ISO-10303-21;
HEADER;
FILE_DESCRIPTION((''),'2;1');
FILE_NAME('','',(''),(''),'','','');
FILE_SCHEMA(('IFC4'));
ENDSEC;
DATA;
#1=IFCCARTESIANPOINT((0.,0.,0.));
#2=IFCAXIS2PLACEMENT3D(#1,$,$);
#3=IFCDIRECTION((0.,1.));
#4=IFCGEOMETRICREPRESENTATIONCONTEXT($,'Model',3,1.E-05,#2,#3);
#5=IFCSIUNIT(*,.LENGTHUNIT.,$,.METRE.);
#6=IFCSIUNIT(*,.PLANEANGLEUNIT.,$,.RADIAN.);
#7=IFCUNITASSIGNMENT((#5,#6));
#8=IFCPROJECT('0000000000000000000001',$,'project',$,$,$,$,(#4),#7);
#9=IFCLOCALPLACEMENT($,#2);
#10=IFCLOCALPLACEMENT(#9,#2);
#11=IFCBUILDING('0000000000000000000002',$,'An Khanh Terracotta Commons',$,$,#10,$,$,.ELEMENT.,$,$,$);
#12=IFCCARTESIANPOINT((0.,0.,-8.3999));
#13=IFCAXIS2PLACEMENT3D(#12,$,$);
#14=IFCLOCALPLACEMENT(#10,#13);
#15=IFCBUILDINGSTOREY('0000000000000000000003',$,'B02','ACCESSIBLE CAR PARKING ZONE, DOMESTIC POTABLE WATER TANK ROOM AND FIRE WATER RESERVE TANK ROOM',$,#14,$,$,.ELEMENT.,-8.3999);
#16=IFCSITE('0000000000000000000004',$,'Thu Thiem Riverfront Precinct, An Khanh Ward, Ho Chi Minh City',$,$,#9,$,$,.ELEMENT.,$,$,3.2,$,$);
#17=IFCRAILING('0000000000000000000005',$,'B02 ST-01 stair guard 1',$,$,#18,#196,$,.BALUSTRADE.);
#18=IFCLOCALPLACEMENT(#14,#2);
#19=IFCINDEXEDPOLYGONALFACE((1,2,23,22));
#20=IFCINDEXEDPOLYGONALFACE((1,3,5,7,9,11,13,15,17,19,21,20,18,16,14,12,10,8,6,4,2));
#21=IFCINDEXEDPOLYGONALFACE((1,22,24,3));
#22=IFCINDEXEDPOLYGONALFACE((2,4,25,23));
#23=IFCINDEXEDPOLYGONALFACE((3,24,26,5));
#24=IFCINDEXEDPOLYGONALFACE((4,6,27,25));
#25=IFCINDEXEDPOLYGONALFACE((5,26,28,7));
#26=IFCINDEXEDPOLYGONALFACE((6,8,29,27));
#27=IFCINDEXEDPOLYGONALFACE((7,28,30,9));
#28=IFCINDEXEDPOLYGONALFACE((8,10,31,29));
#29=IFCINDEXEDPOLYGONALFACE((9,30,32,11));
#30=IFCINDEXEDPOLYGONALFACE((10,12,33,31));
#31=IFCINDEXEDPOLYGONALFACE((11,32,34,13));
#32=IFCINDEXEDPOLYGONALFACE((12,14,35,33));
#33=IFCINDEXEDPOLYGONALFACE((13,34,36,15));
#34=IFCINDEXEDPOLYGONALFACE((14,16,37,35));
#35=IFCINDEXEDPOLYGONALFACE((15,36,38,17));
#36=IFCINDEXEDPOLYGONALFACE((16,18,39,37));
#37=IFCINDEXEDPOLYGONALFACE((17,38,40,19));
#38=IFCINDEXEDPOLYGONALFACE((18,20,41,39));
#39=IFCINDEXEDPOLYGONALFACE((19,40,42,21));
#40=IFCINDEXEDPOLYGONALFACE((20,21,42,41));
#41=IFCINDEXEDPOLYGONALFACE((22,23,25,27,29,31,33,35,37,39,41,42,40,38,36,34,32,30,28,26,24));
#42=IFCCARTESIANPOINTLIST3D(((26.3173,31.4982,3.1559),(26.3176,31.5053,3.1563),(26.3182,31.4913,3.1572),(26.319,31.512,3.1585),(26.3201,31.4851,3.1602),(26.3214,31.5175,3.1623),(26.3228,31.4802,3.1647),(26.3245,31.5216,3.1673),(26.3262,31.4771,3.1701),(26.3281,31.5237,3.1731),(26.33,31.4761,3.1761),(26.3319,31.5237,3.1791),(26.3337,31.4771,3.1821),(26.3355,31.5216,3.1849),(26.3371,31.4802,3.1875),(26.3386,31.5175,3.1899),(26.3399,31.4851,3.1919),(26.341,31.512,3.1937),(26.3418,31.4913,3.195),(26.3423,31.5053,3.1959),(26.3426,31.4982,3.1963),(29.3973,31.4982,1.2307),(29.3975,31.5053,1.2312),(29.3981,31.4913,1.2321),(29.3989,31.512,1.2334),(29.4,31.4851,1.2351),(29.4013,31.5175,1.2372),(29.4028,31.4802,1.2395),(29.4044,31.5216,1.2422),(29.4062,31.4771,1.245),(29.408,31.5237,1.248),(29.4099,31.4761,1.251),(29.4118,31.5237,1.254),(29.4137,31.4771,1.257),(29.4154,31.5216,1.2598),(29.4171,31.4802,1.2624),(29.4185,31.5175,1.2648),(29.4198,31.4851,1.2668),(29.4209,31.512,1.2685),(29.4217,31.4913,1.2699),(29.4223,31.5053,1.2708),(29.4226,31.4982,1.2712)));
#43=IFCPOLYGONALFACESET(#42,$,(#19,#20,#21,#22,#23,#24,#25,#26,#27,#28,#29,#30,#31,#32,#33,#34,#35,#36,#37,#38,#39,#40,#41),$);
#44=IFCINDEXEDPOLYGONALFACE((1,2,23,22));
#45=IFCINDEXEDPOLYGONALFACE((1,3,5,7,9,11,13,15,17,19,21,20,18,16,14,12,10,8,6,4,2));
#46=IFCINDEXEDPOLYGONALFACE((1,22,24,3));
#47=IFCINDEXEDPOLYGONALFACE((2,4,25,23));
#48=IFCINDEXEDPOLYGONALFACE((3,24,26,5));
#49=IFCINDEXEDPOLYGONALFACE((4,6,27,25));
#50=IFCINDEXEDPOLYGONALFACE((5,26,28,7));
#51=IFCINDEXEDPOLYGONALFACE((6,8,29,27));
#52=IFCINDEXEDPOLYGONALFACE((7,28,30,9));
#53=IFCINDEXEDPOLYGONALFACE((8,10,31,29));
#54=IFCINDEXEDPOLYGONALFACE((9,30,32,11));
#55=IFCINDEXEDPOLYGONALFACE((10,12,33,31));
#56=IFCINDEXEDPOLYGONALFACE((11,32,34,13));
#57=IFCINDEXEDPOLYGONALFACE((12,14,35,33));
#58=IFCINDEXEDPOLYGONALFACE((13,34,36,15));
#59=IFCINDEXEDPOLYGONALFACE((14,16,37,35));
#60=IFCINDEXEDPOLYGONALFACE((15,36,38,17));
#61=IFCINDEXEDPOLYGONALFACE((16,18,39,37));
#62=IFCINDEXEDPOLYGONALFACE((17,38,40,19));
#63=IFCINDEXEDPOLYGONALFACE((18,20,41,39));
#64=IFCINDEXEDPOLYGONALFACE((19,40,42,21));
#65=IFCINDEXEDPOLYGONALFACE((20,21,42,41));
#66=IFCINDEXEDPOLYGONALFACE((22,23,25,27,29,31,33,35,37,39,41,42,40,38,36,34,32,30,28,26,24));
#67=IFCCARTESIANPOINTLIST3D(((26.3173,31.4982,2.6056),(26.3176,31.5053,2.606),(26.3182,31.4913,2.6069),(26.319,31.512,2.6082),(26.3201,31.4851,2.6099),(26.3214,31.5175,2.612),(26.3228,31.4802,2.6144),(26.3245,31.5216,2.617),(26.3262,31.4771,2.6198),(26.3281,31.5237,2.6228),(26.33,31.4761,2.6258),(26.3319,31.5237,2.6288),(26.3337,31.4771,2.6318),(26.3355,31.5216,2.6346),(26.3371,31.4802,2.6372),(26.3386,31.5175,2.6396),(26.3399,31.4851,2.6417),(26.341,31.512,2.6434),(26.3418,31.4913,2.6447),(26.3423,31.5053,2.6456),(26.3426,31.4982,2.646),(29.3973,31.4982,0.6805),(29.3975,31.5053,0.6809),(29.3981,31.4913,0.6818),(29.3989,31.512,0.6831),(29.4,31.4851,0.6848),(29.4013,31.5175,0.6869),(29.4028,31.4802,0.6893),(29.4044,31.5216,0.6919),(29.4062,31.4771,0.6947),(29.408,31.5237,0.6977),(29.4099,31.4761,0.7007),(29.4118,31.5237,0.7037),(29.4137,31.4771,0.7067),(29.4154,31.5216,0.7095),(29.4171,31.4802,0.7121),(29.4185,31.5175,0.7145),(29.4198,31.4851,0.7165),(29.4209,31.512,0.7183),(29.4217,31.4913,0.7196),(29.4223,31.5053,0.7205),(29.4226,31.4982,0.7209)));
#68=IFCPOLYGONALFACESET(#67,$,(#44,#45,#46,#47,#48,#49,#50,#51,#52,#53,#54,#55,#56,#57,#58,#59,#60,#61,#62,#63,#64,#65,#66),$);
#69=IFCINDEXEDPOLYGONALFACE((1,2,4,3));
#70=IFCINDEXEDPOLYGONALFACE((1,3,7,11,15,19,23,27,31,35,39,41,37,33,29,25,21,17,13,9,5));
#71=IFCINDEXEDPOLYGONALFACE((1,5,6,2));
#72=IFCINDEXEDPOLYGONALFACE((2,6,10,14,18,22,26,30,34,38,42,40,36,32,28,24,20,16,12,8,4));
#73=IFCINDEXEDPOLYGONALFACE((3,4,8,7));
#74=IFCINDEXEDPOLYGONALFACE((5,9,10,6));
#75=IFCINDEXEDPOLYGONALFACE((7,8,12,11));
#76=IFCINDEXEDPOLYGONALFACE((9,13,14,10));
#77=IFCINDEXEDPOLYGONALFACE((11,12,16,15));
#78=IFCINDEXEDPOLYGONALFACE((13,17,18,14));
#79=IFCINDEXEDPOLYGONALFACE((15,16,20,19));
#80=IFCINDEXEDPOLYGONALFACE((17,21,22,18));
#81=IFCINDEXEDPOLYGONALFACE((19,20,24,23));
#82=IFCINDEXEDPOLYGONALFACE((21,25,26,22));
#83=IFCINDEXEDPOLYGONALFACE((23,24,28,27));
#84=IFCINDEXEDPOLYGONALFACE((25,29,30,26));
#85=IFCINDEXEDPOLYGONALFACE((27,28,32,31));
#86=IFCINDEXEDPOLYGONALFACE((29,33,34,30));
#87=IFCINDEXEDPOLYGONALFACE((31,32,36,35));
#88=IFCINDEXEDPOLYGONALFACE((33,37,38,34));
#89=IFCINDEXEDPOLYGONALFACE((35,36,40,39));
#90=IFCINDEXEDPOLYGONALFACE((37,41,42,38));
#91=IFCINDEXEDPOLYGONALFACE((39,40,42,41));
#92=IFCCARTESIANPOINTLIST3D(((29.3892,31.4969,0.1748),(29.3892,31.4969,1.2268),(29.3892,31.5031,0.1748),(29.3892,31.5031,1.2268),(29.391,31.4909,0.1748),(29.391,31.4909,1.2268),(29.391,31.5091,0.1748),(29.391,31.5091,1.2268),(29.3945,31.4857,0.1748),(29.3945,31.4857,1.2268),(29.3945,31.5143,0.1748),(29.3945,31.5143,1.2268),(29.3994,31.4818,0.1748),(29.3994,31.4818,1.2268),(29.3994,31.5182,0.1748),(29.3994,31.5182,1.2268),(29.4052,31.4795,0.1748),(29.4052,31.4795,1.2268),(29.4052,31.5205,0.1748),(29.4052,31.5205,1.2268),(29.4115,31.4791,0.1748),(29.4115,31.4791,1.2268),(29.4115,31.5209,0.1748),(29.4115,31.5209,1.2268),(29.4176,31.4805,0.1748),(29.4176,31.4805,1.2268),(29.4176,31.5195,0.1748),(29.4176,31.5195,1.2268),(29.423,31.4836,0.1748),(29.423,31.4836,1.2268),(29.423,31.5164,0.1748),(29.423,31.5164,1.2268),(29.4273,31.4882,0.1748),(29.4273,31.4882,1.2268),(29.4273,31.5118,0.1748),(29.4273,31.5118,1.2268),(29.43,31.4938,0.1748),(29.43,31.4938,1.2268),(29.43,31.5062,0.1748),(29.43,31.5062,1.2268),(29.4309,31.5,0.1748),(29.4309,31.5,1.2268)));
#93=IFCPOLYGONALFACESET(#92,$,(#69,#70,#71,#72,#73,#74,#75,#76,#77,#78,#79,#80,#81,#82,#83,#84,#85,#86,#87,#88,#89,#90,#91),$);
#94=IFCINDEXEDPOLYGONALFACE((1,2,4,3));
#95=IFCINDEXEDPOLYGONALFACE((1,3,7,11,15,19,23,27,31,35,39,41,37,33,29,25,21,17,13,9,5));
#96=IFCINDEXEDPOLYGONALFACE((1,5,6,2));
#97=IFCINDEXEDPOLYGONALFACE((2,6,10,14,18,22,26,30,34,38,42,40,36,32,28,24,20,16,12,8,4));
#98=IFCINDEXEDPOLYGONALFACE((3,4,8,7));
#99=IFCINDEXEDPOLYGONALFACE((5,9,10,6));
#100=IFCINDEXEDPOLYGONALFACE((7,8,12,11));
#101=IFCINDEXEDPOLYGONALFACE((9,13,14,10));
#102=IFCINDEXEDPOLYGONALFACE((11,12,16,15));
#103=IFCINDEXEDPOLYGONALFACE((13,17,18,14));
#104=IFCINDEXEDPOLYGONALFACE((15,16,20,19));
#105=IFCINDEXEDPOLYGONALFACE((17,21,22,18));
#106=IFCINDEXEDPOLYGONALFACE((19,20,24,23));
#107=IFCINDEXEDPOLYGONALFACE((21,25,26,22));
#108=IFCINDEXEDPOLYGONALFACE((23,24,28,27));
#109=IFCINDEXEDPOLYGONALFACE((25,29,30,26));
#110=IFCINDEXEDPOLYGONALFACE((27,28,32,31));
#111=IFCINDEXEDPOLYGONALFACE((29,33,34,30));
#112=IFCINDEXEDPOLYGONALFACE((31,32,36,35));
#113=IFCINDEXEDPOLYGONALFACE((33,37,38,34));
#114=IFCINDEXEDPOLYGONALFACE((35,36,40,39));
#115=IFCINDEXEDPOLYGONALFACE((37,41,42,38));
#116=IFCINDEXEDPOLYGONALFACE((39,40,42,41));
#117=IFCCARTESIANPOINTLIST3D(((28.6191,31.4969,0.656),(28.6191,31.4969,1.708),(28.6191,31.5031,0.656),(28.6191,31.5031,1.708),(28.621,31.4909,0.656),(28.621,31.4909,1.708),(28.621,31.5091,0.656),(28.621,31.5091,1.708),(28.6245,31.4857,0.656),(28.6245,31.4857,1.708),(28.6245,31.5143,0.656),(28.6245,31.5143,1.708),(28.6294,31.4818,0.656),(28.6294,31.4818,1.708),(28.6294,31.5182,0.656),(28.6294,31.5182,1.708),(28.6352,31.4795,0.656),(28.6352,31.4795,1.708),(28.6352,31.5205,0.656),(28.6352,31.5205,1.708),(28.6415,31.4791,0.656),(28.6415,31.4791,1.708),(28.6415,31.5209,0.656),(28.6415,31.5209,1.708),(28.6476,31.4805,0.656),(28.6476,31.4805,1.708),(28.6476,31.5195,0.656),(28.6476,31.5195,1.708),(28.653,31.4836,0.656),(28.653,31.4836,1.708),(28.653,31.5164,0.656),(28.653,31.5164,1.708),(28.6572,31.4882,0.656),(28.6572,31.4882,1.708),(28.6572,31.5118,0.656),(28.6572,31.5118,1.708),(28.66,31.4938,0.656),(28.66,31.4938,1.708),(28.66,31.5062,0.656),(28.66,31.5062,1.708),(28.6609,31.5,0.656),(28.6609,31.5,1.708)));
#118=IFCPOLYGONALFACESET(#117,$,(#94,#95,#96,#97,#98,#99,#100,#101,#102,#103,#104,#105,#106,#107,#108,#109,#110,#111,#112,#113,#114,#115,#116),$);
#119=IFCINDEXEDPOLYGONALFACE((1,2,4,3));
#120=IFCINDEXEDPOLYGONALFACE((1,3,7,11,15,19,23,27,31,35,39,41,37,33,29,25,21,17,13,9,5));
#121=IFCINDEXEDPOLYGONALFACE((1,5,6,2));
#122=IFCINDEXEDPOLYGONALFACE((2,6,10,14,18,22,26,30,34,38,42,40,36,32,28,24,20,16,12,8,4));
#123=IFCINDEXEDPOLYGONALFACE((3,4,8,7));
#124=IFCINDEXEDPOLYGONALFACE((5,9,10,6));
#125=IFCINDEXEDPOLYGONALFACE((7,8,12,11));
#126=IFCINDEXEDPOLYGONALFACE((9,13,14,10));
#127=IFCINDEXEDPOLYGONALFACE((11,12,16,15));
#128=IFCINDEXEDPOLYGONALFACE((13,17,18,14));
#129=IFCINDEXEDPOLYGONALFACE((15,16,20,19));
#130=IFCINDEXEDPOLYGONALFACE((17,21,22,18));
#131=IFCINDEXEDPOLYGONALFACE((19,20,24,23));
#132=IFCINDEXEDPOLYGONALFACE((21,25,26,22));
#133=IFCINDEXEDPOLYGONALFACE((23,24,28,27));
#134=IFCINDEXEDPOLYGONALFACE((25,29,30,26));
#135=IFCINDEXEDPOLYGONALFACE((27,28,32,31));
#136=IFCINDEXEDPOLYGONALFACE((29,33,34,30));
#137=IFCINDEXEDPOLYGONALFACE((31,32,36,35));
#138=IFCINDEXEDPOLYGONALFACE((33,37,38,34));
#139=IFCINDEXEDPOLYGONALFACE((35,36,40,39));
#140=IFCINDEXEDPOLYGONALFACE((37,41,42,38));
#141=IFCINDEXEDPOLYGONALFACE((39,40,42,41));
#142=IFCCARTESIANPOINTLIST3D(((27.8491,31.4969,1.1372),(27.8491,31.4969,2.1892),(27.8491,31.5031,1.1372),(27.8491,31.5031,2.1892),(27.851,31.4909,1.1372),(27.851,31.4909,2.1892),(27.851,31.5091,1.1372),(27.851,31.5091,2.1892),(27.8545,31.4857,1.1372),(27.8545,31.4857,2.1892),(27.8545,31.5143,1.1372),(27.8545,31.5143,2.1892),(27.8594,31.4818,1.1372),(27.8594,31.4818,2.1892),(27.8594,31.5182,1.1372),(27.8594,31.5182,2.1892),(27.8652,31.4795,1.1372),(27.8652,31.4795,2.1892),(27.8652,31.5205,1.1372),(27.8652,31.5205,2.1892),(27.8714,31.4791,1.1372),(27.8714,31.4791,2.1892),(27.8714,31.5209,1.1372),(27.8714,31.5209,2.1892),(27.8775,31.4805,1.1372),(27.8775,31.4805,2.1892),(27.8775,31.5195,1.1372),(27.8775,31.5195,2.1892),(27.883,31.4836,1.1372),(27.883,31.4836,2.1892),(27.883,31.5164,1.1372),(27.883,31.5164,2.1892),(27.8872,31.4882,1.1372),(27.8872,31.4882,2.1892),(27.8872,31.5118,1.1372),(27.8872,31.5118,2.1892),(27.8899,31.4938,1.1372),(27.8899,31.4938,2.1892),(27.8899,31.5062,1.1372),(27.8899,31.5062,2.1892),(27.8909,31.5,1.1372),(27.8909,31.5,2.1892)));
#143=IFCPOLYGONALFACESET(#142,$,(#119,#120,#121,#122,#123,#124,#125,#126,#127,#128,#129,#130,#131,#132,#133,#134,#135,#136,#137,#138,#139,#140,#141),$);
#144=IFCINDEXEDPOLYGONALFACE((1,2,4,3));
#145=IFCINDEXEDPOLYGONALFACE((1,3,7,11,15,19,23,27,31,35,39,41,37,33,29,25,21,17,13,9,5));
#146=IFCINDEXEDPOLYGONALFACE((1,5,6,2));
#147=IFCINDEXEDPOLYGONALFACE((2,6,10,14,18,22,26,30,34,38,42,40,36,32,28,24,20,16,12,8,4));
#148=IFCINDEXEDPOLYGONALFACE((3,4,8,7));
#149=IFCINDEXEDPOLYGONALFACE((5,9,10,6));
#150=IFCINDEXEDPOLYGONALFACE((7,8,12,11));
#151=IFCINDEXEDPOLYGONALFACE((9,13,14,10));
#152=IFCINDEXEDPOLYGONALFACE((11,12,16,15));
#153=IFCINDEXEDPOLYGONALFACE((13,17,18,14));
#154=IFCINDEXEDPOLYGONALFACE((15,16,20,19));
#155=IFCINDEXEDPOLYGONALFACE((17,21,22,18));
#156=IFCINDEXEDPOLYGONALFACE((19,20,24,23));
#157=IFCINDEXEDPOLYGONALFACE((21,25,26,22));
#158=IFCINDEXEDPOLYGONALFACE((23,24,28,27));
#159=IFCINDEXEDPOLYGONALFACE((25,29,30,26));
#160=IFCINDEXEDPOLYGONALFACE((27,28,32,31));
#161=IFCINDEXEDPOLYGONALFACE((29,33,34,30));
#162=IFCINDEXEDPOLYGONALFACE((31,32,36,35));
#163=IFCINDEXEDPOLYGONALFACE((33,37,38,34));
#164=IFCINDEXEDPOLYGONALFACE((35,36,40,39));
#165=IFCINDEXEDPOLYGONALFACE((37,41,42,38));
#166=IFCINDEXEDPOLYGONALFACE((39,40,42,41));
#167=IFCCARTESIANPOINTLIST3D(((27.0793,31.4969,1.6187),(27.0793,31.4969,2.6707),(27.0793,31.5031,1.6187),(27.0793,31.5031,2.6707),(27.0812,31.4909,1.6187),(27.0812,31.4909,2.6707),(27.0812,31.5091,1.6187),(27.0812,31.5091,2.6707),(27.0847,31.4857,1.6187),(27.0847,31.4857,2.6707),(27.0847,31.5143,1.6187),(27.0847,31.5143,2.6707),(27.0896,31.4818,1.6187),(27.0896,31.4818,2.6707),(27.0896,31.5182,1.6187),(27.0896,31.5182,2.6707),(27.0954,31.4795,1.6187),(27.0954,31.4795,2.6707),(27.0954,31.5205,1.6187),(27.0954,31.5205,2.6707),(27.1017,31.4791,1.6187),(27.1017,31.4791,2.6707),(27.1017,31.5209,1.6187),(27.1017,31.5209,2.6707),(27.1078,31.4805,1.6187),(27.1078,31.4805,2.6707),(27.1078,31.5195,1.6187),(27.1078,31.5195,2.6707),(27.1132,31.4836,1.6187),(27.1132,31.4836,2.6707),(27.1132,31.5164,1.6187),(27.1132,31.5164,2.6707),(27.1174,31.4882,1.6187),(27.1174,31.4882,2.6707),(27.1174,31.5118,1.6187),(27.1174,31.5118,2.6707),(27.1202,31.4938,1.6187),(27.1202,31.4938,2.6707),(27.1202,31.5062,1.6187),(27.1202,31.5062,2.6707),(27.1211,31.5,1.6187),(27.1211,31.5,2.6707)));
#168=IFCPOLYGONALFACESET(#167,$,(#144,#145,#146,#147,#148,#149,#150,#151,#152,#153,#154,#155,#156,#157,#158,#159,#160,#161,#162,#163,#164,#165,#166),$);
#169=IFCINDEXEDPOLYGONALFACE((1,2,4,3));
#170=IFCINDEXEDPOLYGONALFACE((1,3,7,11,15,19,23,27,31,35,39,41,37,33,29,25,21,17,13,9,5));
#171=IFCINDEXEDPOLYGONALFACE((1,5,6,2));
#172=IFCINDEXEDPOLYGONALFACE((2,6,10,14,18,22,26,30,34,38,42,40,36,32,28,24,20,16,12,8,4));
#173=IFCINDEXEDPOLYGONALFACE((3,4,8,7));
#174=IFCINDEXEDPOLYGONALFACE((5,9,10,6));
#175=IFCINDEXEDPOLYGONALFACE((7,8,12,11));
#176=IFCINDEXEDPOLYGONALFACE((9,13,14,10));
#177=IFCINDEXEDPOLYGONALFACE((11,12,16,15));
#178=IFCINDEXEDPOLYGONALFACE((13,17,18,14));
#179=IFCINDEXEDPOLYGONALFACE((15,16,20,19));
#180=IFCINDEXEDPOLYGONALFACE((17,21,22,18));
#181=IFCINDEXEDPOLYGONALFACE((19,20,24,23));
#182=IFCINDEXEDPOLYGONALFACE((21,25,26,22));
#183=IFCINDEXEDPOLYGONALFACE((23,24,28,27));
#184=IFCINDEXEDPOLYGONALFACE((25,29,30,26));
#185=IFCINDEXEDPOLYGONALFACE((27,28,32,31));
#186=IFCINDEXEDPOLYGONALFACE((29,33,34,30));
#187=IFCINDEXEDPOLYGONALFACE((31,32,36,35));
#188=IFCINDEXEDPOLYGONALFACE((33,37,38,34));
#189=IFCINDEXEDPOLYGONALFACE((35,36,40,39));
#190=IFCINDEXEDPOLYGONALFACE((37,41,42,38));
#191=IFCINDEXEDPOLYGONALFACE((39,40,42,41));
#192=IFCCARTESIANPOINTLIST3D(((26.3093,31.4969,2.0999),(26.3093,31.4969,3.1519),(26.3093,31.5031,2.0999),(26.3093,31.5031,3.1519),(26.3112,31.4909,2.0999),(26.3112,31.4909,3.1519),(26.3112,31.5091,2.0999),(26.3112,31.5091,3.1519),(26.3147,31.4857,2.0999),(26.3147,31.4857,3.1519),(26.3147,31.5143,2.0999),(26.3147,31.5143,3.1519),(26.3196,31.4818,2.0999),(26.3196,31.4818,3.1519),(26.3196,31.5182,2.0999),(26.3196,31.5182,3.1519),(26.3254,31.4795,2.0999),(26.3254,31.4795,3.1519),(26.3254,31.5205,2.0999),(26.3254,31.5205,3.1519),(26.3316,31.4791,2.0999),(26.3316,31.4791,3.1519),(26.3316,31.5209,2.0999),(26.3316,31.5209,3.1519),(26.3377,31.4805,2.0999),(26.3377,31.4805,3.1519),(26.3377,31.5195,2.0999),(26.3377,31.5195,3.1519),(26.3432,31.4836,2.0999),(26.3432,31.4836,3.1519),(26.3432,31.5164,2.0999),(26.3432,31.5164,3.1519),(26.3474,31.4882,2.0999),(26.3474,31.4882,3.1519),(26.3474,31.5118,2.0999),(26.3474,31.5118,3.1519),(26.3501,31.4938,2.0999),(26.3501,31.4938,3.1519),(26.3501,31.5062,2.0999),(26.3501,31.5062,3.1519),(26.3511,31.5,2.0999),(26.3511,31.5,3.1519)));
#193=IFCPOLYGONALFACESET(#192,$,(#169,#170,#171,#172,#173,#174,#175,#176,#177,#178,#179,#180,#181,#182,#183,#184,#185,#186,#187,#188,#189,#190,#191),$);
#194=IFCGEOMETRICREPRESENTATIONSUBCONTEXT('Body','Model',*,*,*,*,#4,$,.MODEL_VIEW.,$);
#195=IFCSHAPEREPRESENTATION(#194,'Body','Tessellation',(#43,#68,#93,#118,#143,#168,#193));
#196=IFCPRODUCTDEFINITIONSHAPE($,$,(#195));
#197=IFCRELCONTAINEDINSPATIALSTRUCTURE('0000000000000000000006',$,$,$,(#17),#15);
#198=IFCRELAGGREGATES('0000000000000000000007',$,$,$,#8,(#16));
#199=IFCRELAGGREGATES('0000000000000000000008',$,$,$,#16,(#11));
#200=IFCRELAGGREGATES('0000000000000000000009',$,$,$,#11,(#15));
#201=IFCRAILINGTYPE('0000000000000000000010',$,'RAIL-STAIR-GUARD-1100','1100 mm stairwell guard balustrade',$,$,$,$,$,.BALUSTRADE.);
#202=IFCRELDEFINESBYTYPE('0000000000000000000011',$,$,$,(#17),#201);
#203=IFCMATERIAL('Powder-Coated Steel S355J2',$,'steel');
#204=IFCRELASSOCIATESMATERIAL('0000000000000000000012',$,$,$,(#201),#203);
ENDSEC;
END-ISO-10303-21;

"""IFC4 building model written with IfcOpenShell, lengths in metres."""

from ifc_helpers import new_model, si_unit, direction, frame, origin, origin_2d, place, context, subcontext, project, spatial, circle, extrude, material, type_object, element, save


model = new_model("IFC4")

# Units and contexts
model_context = context("Model", 3, precision=1e-05, world=origin(), true_north=direction((0.0, 1.0)))
body_context = subcontext(model_context, "Body", "Model", "MODEL_VIEW")
ifc_project = project(units=[si_unit("LENGTHUNIT", "METRE"), si_unit("PLANEANGLEUNIT", "RADIAN")], contexts=[model_context])

# Site, building, storey
site_placement = place(None, origin())
site = spatial("IfcSite", under=ifc_project, at=site_placement, Name="Thu Thiem Riverfront Precinct, An Khanh Ward, Ho Chi Minh City", CompositionType="ELEMENT", RefElevation=3.2)
building_placement = place(site_placement, origin())
building = spatial("IfcBuilding", under=site, at=building_placement, Name="An Khanh Terracotta Commons", CompositionType="ELEMENT")
storey_placement = place(building_placement, frame((0.0, 0.0, -8.3999)))
storey = spatial("IfcBuildingStorey", under=building, at=storey_placement, Name="B02", Description="ACCESSIBLE CAR PARKING ZONE, DOMESTIC POTABLE WATER TANK ROOM AND FIRE WATER RESERVE TANK ROOM", CompositionType="ELEMENT", Elevation=-8.3999)

# Railing
ifc_material_1 = material(Name="Powder-Coated Steel S355J2", Category="steel")
railing_type_1 = type_object("IfcRailingType", Name="RAIL-STAIR-GUARD-1100", Description="1100 mm stairwell guard balustrade", PredefinedType="BALUSTRADE", material=ifc_material_1)
railing_1_placement = place(storey_placement, frame((29.4099, 31.5, 0.1748)))
element("IfcRailing", 1, at=railing_1_placement, inside=storey, type_object=railing_type_1, Name="B02 ST-01 stair guard 1", PredefinedType="BALUSTRADE", context=body_context, shape_type="SweptSolid", body=[
    extrude(circle(Radius=0.0239, at=origin_2d()), frame((0.0, 0.0, 1.0762), z_axis=(-0.847979, 0.0, 0.530029), x_axis=(0.0, -1.0, 0.0)), (0.0, 0.0, 1.0), 3.6321),
    extrude(circle(Radius=0.0239, at=origin_2d()), frame((0.0, 0.0, 0.5259), z_axis=(-0.847979, 0.0, 0.530029), x_axis=(0.0, -1.0, 0.0)), (0.0, 0.0, 1.0), 3.6321),
    extrude(circle(Radius=0.021, at=origin_2d()), origin(), (0.0, 0.0, 1.0), 1.052),
    extrude(circle(Radius=0.021, at=origin_2d()), frame((-0.77, 0.0, 0.4812)), (0.0, 0.0, 1.0), 1.052),
    extrude(circle(Radius=0.021, at=origin_2d()), frame((-1.54, 0.0, 0.9624)), (0.0, 0.0, 1.0), 1.052),
    extrude(circle(Radius=0.021, at=origin_2d()), frame((-2.3098, 0.0, 1.4438)), (0.0, 0.0, 1.0), 1.052),
    extrude(circle(Radius=0.021, at=origin_2d()), frame((-3.0798, 0.0, 1.925)), (0.0, 0.0, 1.0), 1.052),
])

save(model, "model.ifc")
